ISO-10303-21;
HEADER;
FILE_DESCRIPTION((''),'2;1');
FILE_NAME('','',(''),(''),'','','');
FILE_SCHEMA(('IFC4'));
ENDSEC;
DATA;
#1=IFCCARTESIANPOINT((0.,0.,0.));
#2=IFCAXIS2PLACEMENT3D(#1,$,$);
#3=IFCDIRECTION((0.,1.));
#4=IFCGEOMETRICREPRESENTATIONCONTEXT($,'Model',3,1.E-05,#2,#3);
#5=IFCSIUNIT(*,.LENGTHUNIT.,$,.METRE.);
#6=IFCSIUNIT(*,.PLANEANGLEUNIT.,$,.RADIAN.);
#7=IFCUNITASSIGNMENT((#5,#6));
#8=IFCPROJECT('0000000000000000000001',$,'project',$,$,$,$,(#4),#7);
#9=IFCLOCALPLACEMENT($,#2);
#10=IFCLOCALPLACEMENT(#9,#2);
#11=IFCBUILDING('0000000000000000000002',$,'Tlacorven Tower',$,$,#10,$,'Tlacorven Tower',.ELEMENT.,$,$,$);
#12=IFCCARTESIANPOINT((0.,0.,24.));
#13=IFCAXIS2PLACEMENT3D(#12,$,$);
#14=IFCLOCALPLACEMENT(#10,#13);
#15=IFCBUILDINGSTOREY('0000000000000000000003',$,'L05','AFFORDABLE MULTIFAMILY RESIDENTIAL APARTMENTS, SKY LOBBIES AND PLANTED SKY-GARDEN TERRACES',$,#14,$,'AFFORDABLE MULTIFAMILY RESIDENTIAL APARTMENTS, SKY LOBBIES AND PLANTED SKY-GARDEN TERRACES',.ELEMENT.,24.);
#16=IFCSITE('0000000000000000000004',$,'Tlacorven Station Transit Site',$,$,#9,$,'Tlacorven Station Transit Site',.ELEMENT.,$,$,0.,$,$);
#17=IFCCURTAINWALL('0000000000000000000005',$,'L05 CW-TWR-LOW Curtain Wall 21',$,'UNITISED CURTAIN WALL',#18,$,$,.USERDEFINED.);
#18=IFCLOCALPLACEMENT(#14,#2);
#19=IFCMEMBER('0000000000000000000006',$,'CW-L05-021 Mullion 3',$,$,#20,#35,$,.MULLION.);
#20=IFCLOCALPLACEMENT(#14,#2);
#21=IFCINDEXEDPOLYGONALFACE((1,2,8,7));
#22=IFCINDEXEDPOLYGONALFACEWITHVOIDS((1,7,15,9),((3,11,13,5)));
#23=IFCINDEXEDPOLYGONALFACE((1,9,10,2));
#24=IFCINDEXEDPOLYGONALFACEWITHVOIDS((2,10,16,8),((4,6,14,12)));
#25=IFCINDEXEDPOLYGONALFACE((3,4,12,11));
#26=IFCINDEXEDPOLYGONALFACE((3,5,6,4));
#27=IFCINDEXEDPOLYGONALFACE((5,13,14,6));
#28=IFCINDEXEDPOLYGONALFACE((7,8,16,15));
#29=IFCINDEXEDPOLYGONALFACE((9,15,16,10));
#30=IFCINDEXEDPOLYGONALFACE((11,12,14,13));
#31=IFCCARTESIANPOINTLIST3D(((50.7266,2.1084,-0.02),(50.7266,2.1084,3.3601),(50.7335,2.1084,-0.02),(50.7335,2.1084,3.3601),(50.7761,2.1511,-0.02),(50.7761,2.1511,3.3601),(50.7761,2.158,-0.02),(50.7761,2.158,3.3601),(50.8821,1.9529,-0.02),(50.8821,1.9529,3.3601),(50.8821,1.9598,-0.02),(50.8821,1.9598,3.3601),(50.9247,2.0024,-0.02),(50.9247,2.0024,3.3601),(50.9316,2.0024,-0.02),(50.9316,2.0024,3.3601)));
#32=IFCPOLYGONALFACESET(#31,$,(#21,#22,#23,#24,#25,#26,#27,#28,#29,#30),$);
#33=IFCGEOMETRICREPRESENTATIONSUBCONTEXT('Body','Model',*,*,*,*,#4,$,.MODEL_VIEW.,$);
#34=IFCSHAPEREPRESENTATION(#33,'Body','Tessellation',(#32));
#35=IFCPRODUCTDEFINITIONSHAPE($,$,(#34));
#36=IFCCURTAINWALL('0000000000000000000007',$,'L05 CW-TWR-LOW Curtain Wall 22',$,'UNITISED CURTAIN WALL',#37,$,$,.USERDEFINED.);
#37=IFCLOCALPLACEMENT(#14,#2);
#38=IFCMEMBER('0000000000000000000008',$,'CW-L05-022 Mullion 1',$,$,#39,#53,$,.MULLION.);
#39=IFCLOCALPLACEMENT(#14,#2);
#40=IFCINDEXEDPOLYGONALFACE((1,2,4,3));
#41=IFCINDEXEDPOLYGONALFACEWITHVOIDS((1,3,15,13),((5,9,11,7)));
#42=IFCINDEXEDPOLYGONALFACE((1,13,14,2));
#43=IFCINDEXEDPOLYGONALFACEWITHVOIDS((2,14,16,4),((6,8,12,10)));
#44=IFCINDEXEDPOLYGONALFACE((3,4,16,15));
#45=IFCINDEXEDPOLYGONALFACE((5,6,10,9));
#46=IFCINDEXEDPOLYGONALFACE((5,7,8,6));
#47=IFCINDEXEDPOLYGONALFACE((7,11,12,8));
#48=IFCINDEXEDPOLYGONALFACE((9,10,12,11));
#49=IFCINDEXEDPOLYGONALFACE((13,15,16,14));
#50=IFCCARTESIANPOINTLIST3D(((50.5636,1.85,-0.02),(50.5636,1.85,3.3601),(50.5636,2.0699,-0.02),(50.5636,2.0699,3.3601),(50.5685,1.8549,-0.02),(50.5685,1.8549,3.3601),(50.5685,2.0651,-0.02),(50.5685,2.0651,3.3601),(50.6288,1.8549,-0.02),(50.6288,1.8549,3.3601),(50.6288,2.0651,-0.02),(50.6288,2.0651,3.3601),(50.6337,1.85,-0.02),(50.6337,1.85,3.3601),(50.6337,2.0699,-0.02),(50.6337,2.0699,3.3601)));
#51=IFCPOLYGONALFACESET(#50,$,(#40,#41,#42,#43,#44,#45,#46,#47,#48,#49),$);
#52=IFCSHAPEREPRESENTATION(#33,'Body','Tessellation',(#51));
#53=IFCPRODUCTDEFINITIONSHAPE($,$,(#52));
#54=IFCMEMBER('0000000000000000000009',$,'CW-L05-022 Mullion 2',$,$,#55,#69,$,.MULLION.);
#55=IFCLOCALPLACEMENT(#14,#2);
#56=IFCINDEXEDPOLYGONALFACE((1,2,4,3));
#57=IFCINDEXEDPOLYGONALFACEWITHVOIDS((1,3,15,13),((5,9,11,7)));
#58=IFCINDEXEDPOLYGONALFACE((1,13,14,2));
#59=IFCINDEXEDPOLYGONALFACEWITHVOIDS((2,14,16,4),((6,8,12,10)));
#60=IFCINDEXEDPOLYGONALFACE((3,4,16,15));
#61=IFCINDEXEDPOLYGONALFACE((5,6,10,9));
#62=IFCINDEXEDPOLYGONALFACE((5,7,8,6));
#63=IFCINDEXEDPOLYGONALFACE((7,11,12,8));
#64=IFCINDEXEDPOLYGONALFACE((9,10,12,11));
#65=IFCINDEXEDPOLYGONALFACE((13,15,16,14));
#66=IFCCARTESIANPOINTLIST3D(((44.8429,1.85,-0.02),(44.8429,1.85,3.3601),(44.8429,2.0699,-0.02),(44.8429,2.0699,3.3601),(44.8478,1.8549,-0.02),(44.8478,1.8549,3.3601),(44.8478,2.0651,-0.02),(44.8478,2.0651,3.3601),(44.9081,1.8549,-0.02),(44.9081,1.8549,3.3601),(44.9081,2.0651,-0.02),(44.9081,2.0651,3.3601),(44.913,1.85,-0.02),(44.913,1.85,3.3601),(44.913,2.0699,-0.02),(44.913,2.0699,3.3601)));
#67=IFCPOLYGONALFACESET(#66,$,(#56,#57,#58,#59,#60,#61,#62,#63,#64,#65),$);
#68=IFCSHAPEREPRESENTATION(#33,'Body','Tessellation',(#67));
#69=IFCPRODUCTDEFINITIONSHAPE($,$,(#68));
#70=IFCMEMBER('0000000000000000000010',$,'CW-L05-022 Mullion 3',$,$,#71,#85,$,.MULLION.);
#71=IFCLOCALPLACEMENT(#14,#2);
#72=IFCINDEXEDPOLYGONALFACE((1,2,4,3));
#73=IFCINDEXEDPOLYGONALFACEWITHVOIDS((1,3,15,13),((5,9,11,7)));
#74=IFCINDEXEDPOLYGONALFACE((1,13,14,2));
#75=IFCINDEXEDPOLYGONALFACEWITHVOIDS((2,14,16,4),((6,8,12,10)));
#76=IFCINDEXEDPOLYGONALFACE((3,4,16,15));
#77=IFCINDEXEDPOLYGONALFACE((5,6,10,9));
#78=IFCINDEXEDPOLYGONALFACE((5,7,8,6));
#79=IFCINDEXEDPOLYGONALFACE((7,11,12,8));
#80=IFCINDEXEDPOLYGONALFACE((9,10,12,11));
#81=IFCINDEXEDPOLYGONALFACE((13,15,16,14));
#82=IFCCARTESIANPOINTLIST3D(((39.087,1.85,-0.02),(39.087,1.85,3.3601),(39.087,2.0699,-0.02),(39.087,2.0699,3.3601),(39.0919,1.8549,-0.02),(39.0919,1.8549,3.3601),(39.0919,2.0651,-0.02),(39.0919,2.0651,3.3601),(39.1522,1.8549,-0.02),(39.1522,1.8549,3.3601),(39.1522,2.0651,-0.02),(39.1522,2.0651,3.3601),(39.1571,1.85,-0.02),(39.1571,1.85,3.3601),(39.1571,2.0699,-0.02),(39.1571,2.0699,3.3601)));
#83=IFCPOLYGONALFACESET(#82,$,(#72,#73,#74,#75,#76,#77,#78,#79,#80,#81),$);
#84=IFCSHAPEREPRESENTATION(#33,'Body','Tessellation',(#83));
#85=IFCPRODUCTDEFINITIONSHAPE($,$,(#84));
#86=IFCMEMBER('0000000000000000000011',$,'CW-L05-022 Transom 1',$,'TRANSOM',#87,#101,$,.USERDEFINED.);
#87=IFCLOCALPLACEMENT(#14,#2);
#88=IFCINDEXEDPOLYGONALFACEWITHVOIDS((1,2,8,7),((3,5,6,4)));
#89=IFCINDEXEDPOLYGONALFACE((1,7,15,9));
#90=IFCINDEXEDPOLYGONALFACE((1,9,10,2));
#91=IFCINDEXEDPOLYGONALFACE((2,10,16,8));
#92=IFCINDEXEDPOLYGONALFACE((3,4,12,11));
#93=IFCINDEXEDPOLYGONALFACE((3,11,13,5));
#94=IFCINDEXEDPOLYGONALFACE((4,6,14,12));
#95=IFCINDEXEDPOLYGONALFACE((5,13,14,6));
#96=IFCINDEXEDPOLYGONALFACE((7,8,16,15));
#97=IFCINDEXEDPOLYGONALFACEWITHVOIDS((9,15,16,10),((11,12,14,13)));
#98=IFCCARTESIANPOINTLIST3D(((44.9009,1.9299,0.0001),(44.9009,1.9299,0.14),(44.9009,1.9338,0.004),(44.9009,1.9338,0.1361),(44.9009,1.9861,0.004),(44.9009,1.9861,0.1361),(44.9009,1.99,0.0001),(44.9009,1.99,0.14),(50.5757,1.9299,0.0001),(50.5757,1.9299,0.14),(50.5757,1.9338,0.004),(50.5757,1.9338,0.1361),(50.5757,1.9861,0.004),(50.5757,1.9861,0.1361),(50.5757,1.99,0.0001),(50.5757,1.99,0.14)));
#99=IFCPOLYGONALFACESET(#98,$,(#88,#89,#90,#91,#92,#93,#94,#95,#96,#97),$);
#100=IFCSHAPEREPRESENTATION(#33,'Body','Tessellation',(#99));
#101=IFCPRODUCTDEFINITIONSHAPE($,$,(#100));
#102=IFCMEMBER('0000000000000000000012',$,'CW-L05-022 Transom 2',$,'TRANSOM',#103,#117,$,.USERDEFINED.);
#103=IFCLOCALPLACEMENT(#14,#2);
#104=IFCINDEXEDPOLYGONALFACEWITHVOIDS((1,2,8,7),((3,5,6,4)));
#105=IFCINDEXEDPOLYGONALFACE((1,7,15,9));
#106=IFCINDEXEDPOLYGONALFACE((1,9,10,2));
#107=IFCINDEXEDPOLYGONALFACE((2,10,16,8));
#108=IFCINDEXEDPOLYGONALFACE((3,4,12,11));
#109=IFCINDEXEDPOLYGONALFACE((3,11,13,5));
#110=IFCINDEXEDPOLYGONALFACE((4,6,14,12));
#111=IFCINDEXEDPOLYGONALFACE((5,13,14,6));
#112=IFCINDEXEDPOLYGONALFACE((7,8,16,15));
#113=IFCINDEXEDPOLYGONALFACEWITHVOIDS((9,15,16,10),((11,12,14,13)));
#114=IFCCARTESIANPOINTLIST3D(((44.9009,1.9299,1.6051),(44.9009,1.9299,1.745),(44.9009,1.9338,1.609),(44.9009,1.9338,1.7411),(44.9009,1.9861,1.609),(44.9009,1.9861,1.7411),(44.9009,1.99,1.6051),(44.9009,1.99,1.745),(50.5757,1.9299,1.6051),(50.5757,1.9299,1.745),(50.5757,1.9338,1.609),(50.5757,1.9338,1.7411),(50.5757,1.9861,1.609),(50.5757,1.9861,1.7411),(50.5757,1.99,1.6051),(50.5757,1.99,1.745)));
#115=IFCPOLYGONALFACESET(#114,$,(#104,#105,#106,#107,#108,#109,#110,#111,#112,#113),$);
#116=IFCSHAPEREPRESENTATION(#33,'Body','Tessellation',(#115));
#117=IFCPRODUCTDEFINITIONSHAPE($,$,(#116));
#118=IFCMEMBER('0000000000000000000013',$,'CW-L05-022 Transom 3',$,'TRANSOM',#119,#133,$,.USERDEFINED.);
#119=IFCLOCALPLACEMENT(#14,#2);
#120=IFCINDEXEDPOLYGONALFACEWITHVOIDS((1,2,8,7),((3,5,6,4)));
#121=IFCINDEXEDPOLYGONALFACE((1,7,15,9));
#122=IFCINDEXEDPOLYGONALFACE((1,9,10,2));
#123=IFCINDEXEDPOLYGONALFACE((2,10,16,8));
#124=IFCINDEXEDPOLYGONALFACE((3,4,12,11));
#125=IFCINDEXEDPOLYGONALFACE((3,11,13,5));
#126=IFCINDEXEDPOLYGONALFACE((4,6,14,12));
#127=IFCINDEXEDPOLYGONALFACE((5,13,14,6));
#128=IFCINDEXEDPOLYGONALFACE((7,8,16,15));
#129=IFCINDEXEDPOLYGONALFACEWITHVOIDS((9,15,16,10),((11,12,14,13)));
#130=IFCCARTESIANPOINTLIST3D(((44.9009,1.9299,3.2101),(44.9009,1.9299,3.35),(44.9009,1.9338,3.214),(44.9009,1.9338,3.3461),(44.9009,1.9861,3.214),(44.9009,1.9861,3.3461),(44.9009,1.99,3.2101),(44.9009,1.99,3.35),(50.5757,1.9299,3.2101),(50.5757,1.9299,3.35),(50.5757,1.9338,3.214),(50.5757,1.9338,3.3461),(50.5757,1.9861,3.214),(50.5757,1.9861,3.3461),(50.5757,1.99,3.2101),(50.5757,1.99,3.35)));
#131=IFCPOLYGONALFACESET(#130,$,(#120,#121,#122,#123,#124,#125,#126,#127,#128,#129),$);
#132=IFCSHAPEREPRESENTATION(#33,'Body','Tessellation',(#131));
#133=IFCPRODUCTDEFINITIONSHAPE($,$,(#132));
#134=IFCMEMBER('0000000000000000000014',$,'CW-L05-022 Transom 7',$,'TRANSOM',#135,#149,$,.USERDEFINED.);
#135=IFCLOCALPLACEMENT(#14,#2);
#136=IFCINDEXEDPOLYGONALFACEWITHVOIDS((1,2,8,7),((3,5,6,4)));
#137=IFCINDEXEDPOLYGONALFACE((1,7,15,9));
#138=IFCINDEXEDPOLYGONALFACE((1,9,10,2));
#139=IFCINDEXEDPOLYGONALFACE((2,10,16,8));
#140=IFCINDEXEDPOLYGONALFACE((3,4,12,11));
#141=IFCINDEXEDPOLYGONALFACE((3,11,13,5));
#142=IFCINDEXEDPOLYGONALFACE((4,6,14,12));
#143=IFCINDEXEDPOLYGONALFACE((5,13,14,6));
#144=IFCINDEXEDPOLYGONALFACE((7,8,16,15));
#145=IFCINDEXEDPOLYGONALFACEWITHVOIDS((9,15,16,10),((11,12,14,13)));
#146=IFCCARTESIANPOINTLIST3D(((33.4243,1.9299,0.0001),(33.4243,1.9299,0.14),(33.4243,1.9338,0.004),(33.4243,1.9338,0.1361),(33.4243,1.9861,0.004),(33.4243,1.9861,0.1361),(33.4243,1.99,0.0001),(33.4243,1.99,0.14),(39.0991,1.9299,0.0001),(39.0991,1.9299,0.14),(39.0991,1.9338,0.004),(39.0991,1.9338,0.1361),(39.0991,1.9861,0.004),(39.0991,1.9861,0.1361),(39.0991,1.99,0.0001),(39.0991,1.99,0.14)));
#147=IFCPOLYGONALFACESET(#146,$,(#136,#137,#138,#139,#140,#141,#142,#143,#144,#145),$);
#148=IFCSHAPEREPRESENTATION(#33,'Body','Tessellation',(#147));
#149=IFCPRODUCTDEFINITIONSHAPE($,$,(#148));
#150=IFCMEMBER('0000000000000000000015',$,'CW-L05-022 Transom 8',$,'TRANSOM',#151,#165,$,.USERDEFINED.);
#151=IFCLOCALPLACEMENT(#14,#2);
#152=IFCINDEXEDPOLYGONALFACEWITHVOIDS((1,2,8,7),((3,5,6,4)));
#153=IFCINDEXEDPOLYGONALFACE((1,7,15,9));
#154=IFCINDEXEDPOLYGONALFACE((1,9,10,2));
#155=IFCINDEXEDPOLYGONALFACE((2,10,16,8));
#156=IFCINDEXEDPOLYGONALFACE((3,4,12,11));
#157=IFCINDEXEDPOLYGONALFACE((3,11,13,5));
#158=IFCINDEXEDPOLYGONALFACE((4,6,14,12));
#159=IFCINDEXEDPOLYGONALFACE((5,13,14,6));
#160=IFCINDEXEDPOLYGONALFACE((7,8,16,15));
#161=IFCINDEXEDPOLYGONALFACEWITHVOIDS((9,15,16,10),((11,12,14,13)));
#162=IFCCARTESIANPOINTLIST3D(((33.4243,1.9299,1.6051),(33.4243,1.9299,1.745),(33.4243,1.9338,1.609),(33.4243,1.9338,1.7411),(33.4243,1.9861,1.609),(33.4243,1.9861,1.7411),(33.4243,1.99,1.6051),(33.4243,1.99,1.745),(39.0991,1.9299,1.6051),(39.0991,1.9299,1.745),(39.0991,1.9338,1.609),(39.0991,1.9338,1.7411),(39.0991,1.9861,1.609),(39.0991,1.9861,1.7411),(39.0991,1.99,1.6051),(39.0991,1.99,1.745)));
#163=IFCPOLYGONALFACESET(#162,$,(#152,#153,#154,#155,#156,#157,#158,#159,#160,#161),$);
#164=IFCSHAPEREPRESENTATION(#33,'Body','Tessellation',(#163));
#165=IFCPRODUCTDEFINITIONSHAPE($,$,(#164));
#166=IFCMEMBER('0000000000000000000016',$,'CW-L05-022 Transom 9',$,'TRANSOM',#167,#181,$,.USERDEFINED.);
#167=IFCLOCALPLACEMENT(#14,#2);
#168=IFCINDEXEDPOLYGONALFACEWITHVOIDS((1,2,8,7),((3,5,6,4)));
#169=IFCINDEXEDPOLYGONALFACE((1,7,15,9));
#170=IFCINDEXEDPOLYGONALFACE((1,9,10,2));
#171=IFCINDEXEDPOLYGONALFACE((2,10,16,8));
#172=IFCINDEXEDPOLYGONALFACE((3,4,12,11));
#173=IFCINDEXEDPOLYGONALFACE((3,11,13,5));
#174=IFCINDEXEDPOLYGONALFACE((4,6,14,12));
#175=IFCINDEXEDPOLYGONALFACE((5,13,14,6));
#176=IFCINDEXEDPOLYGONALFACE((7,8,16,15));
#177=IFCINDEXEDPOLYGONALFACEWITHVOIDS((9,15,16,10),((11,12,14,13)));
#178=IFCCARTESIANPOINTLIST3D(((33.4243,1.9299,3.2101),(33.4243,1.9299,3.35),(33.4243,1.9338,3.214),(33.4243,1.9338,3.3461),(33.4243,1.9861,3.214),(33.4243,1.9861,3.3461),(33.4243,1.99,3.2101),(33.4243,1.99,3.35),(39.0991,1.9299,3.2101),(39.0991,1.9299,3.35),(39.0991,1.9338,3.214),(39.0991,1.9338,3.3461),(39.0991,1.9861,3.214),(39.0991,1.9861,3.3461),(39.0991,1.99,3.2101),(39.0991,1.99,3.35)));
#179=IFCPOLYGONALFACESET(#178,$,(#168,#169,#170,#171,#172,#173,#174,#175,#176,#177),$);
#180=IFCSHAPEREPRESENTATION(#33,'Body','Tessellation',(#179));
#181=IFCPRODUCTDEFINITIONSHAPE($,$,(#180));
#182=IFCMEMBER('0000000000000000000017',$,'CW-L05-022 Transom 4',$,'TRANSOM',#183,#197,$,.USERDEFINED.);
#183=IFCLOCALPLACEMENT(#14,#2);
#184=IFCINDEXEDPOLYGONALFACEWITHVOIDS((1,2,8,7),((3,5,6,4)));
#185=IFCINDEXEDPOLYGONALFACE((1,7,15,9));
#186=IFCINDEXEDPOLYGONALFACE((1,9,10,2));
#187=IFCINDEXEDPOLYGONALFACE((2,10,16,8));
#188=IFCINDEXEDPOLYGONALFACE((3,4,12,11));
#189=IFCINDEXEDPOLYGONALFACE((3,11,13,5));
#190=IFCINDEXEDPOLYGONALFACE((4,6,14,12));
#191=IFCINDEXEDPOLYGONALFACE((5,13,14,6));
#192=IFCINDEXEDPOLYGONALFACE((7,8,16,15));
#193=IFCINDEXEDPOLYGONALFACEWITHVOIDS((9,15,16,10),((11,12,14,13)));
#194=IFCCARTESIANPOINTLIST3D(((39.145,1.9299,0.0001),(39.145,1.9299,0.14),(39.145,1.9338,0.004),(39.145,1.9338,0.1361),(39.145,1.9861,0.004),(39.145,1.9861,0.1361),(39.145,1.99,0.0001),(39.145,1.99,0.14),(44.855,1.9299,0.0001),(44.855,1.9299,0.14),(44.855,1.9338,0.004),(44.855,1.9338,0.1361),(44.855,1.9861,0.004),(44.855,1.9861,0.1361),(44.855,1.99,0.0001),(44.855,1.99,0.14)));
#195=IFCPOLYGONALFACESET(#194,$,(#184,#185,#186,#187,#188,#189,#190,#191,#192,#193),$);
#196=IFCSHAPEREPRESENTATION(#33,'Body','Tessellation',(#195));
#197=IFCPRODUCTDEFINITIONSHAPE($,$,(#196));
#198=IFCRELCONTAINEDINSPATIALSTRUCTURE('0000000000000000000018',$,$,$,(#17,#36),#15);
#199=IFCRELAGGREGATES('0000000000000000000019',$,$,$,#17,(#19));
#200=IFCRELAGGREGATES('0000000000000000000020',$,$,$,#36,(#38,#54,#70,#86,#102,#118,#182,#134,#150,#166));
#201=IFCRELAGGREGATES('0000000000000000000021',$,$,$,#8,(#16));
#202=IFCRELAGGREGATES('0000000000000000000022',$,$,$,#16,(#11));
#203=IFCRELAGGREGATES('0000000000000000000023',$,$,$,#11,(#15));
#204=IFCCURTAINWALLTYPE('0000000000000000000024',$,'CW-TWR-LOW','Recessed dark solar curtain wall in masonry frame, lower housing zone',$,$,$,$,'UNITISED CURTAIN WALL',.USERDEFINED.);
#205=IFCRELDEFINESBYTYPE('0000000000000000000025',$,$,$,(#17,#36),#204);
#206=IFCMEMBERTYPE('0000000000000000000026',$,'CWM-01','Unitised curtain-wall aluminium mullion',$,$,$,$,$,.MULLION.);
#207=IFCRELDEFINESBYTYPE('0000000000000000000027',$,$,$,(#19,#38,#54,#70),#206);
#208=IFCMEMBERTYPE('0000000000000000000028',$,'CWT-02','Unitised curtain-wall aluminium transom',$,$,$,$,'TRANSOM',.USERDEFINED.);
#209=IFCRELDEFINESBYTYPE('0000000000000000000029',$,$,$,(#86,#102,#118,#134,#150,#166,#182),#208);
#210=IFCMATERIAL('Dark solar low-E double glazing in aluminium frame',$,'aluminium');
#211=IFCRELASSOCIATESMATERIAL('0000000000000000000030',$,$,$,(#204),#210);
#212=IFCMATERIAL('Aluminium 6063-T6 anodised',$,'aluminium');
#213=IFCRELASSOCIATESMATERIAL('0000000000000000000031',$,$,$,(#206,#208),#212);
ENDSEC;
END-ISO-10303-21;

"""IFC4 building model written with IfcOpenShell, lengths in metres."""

from ifc_helpers import new_model, si_unit, direction, frame, origin, origin_2d, place, context, subcontext, project, spatial, hollow_rectangle, extrude, source, transform, mapped, material, material_profile, profile_set, type_object, element, aggregate, save


model = new_model("IFC4")

# Units and contexts
model_context = context("Model", 3, precision=1e-05, world=origin(), true_north=direction((0.0, 1.0)))
body_context = subcontext(model_context, "Body", "Model", "MODEL_VIEW")
ifc_project = project(units=[si_unit("LENGTHUNIT", "METRE"), si_unit("PLANEANGLEUNIT", "RADIAN")], contexts=[model_context])

# Site, building, storey
site_placement = place(None, origin())
site = spatial("IfcSite", under=ifc_project, at=site_placement, Name="Tlacorven Station Transit Site", LongName="Tlacorven Station Transit Site", CompositionType="ELEMENT", RefElevation=0.0)
building_placement = place(site_placement, origin())
building = spatial("IfcBuilding", under=site, at=building_placement, Name="Tlacorven Tower", LongName="Tlacorven Tower", CompositionType="ELEMENT")
storey_placement = place(building_placement, frame((0.0, 0.0, 24.0)))
storey = spatial("IfcBuildingStorey", under=building, at=storey_placement, Name="L05", Description="AFFORDABLE MULTIFAMILY RESIDENTIAL APARTMENTS, SKY LOBBIES AND PLANTED SKY-GARDEN TERRACES", LongName="AFFORDABLE MULTIFAMILY RESIDENTIAL APARTMENTS, SKY LOBBIES AND PLANTED SKY-GARDEN TERRACES", CompositionType="ELEMENT", Elevation=24.0)

# Curtain wall, member
ifc_material_1 = material(Name="Dark solar low-E double glazing in aluminium frame", Category="aluminium")
curtain_wall_type = type_object("IfcCurtainWallType", Name="CW-TWR-LOW", Description="Recessed dark solar curtain wall in masonry frame, lower housing zone", ElementType="UNITISED CURTAIN WALL", PredefinedType="USERDEFINED", material=ifc_material_1)
curtain_wall_1_placement = place(storey_placement, origin())
curtain_wall_1 = element("IfcCurtainWall", 1, at=curtain_wall_1_placement, inside=storey, type_object=curtain_wall_type, Name="L05 CW-TWR-LOW Curtain Wall 21", ObjectType="UNITISED CURTAIN WALL", PredefinedType="USERDEFINED")
ifc_material_2 = material(Name="Aluminium 6063-T6 anodised", Category="aluminium")
ifc_material_profile_1 = material_profile(ifc_material_2, hollow_rectangle(XDim=0.0701, YDim=0.22, WallThickness=0.0049, at=origin_2d()), Name="ALU MULLION 70X220")
ifc_profile_set_1 = profile_set([ifc_material_profile_1], Name="Aluminium 6063-T6 anodised")
member_type_1 = type_object("IfcMemberType", Name="CWM-01", Description="Unitised curtain-wall aluminium mullion", PredefinedType="MULLION", material=ifc_profile_set_1)
shared_shape_1 = source(origin(), body_context, "Body", "SweptSolid", [
    extrude(hollow_rectangle(XDim=0.0701, YDim=0.22, WallThickness=0.0049, at=origin_2d()), origin(), (0.0, 0.0, 1.0), 3.3801),
])
member_1_placement = place(storey_placement, frame((50.8291, 2.0554, -0.02), z_axis=(0.0, 0.0, 1.0), x_axis=(-0.707107, -0.707107, 0.0)))
member_1 = element("IfcMember", 2, at=member_1_placement, type_object=member_type_1, Name="CW-L05-021 Mullion 3", PredefinedType="MULLION", context=body_context, shape_type="MappedRepresentation", body=[
    mapped(shared_shape_1, transform((0.0, 0.0, 0.0), scale=1.0)),
])
aggregate(curtain_wall_1, [member_1])

# Curtain wall, members
curtain_wall_2_placement = place(storey_placement, origin())
curtain_wall_2 = element("IfcCurtainWall", 3, at=curtain_wall_2_placement, inside=storey, type_object=curtain_wall_type, Name="L05 CW-TWR-LOW Curtain Wall 22", ObjectType="UNITISED CURTAIN WALL", PredefinedType="USERDEFINED")
member_2_placement = place(storey_placement, frame((50.5986, 1.96, -0.02), z_axis=(0.0, 0.0, 1.0), x_axis=(-1.0, 0.0, 0.0)))
member_2 = element("IfcMember", 4, at=member_2_placement, type_object=member_type_1, Name="CW-L05-022 Mullion 1", PredefinedType="MULLION", context=body_context, shape_type="MappedRepresentation", body=[
    mapped(shared_shape_1, transform((0.0, 0.0, 0.0), scale=1.0)),
])
member_3_placement = place(storey_placement, frame((44.8779, 1.96, -0.02), z_axis=(0.0, 0.0, 1.0), x_axis=(-1.0, 0.0, 0.0)))
member_3 = element("IfcMember", 5, at=member_3_placement, type_object=member_type_1, Name="CW-L05-022 Mullion 2", PredefinedType="MULLION", context=body_context, shape_type="MappedRepresentation", body=[
    mapped(shared_shape_1, transform((0.0, 0.0, 0.0), scale=1.0)),
])
member_4_placement = place(storey_placement, frame((39.1221, 1.96, -0.02), z_axis=(0.0, 0.0, 1.0), x_axis=(-1.0, 0.0, 0.0)))
member_4 = element("IfcMember", 6, at=member_4_placement, type_object=member_type_1, Name="CW-L05-022 Mullion 3", PredefinedType="MULLION", context=body_context, shape_type="MappedRepresentation", body=[
    mapped(shared_shape_1, transform((0.0, 0.0, 0.0), scale=1.0)),
])
ifc_material_profile_2 = material_profile(ifc_material_2, hollow_rectangle(XDim=0.0601, YDim=0.1399, WallThickness=0.0039, at=origin_2d()), Name="ALU TRANSOM 60X140")
ifc_profile_set_2 = profile_set([ifc_material_profile_2], Name="Aluminium 6063-T6 anodised")
member_type_2 = type_object("IfcMemberType", Name="CWT-02", Description="Unitised curtain-wall aluminium transom", ElementType="TRANSOM", PredefinedType="USERDEFINED", material=ifc_profile_set_2)
shared_shape_2 = source(origin(), body_context, "Body", "SweptSolid", [
    extrude(hollow_rectangle(XDim=0.0601, YDim=0.1399, WallThickness=0.0039, at=origin_2d()), origin(), (0.0, 0.0, 1.0), 5.6748),
])
member_5_placement = place(storey_placement, frame((50.5757, 1.96, 0.0701), z_axis=(-1.0, 0.0, 0.0), x_axis=(0.0, -1.0, 0.0)))
member_5 = element("IfcMember", 7, at=member_5_placement, type_object=member_type_2, Name="CW-L05-022 Transom 1", ObjectType="TRANSOM", PredefinedType="USERDEFINED", context=body_context, shape_type="MappedRepresentation", body=[
    mapped(shared_shape_2, transform((0.0, 0.0, 0.0), scale=1.0)),
])
member_6_placement = place(storey_placement, frame((50.5757, 1.96, 1.675), z_axis=(-1.0, 0.0, 0.0), x_axis=(0.0, -1.0, 0.0)))
member_6 = element("IfcMember", 8, at=member_6_placement, type_object=member_type_2, Name="CW-L05-022 Transom 2", ObjectType="TRANSOM", PredefinedType="USERDEFINED", context=body_context, shape_type="MappedRepresentation", body=[
    mapped(shared_shape_2, transform((0.0, 0.0, 0.0), scale=1.0)),
])
member_7_placement = place(storey_placement, frame((50.5757, 1.96, 3.28), z_axis=(-1.0, 0.0, 0.0), x_axis=(0.0, -1.0, 0.0)))
member_7 = element("IfcMember", 9, at=member_7_placement, type_object=member_type_2, Name="CW-L05-022 Transom 3", ObjectType="TRANSOM", PredefinedType="USERDEFINED", context=body_context, shape_type="MappedRepresentation", body=[
    mapped(shared_shape_2, transform((0.0, 0.0, 0.0), scale=1.0)),
])
member_8_placement = place(storey_placement, frame((39.0991, 1.96, 0.0701), z_axis=(-1.0, 0.0, 0.0), x_axis=(0.0, -1.0, 0.0)))
member_8 = element("IfcMember", 10, at=member_8_placement, type_object=member_type_2, Name="CW-L05-022 Transom 7", ObjectType="TRANSOM", PredefinedType="USERDEFINED", context=body_context, shape_type="MappedRepresentation", body=[
    mapped(shared_shape_2, transform((0.0, 0.0, 0.0), scale=1.0)),
])
member_9_placement = place(storey_placement, frame((39.0991, 1.96, 1.675), z_axis=(-1.0, 0.0, 0.0), x_axis=(0.0, -1.0, 0.0)))
member_9 = element("IfcMember", 11, at=member_9_placement, type_object=member_type_2, Name="CW-L05-022 Transom 8", ObjectType="TRANSOM", PredefinedType="USERDEFINED", context=body_context, shape_type="MappedRepresentation", body=[
    mapped(shared_shape_2, transform((0.0, 0.0, 0.0), scale=1.0)),
])
member_10_placement = place(storey_placement, frame((39.0991, 1.96, 3.28), z_axis=(-1.0, 0.0, 0.0), x_axis=(0.0, -1.0, 0.0)))
member_10 = element("IfcMember", 12, at=member_10_placement, type_object=member_type_2, Name="CW-L05-022 Transom 9", ObjectType="TRANSOM", PredefinedType="USERDEFINED", context=body_context, shape_type="MappedRepresentation", body=[
    mapped(shared_shape_2, transform((0.0, 0.0, 0.0), scale=1.0)),
])
shared_shape_3 = source(origin(), body_context, "Body", "SweptSolid", [
    extrude(hollow_rectangle(XDim=0.0601, YDim=0.1399, WallThickness=0.0039, at=origin_2d()), origin(), (0.0, 0.0, 1.0), 5.71),
])
member_11_placement = place(storey_placement, frame((44.855, 1.96, 0.0701), z_axis=(-1.0, 0.0, 0.0), x_axis=(0.0, -1.0, 0.0)))
member_11 = element("IfcMember", 13, at=member_11_placement, type_object=member_type_2, Name="CW-L05-022 Transom 4", ObjectType="TRANSOM", PredefinedType="USERDEFINED", context=body_context, shape_type="MappedRepresentation", body=[
    mapped(shared_shape_3, transform((0.0, 0.0, 0.0), scale=1.0)),
])
aggregate(curtain_wall_2, [member_2, member_3, member_4, member_5, member_6, member_7, member_11, member_8, member_9, member_10])

save(model, "model.ifc")
